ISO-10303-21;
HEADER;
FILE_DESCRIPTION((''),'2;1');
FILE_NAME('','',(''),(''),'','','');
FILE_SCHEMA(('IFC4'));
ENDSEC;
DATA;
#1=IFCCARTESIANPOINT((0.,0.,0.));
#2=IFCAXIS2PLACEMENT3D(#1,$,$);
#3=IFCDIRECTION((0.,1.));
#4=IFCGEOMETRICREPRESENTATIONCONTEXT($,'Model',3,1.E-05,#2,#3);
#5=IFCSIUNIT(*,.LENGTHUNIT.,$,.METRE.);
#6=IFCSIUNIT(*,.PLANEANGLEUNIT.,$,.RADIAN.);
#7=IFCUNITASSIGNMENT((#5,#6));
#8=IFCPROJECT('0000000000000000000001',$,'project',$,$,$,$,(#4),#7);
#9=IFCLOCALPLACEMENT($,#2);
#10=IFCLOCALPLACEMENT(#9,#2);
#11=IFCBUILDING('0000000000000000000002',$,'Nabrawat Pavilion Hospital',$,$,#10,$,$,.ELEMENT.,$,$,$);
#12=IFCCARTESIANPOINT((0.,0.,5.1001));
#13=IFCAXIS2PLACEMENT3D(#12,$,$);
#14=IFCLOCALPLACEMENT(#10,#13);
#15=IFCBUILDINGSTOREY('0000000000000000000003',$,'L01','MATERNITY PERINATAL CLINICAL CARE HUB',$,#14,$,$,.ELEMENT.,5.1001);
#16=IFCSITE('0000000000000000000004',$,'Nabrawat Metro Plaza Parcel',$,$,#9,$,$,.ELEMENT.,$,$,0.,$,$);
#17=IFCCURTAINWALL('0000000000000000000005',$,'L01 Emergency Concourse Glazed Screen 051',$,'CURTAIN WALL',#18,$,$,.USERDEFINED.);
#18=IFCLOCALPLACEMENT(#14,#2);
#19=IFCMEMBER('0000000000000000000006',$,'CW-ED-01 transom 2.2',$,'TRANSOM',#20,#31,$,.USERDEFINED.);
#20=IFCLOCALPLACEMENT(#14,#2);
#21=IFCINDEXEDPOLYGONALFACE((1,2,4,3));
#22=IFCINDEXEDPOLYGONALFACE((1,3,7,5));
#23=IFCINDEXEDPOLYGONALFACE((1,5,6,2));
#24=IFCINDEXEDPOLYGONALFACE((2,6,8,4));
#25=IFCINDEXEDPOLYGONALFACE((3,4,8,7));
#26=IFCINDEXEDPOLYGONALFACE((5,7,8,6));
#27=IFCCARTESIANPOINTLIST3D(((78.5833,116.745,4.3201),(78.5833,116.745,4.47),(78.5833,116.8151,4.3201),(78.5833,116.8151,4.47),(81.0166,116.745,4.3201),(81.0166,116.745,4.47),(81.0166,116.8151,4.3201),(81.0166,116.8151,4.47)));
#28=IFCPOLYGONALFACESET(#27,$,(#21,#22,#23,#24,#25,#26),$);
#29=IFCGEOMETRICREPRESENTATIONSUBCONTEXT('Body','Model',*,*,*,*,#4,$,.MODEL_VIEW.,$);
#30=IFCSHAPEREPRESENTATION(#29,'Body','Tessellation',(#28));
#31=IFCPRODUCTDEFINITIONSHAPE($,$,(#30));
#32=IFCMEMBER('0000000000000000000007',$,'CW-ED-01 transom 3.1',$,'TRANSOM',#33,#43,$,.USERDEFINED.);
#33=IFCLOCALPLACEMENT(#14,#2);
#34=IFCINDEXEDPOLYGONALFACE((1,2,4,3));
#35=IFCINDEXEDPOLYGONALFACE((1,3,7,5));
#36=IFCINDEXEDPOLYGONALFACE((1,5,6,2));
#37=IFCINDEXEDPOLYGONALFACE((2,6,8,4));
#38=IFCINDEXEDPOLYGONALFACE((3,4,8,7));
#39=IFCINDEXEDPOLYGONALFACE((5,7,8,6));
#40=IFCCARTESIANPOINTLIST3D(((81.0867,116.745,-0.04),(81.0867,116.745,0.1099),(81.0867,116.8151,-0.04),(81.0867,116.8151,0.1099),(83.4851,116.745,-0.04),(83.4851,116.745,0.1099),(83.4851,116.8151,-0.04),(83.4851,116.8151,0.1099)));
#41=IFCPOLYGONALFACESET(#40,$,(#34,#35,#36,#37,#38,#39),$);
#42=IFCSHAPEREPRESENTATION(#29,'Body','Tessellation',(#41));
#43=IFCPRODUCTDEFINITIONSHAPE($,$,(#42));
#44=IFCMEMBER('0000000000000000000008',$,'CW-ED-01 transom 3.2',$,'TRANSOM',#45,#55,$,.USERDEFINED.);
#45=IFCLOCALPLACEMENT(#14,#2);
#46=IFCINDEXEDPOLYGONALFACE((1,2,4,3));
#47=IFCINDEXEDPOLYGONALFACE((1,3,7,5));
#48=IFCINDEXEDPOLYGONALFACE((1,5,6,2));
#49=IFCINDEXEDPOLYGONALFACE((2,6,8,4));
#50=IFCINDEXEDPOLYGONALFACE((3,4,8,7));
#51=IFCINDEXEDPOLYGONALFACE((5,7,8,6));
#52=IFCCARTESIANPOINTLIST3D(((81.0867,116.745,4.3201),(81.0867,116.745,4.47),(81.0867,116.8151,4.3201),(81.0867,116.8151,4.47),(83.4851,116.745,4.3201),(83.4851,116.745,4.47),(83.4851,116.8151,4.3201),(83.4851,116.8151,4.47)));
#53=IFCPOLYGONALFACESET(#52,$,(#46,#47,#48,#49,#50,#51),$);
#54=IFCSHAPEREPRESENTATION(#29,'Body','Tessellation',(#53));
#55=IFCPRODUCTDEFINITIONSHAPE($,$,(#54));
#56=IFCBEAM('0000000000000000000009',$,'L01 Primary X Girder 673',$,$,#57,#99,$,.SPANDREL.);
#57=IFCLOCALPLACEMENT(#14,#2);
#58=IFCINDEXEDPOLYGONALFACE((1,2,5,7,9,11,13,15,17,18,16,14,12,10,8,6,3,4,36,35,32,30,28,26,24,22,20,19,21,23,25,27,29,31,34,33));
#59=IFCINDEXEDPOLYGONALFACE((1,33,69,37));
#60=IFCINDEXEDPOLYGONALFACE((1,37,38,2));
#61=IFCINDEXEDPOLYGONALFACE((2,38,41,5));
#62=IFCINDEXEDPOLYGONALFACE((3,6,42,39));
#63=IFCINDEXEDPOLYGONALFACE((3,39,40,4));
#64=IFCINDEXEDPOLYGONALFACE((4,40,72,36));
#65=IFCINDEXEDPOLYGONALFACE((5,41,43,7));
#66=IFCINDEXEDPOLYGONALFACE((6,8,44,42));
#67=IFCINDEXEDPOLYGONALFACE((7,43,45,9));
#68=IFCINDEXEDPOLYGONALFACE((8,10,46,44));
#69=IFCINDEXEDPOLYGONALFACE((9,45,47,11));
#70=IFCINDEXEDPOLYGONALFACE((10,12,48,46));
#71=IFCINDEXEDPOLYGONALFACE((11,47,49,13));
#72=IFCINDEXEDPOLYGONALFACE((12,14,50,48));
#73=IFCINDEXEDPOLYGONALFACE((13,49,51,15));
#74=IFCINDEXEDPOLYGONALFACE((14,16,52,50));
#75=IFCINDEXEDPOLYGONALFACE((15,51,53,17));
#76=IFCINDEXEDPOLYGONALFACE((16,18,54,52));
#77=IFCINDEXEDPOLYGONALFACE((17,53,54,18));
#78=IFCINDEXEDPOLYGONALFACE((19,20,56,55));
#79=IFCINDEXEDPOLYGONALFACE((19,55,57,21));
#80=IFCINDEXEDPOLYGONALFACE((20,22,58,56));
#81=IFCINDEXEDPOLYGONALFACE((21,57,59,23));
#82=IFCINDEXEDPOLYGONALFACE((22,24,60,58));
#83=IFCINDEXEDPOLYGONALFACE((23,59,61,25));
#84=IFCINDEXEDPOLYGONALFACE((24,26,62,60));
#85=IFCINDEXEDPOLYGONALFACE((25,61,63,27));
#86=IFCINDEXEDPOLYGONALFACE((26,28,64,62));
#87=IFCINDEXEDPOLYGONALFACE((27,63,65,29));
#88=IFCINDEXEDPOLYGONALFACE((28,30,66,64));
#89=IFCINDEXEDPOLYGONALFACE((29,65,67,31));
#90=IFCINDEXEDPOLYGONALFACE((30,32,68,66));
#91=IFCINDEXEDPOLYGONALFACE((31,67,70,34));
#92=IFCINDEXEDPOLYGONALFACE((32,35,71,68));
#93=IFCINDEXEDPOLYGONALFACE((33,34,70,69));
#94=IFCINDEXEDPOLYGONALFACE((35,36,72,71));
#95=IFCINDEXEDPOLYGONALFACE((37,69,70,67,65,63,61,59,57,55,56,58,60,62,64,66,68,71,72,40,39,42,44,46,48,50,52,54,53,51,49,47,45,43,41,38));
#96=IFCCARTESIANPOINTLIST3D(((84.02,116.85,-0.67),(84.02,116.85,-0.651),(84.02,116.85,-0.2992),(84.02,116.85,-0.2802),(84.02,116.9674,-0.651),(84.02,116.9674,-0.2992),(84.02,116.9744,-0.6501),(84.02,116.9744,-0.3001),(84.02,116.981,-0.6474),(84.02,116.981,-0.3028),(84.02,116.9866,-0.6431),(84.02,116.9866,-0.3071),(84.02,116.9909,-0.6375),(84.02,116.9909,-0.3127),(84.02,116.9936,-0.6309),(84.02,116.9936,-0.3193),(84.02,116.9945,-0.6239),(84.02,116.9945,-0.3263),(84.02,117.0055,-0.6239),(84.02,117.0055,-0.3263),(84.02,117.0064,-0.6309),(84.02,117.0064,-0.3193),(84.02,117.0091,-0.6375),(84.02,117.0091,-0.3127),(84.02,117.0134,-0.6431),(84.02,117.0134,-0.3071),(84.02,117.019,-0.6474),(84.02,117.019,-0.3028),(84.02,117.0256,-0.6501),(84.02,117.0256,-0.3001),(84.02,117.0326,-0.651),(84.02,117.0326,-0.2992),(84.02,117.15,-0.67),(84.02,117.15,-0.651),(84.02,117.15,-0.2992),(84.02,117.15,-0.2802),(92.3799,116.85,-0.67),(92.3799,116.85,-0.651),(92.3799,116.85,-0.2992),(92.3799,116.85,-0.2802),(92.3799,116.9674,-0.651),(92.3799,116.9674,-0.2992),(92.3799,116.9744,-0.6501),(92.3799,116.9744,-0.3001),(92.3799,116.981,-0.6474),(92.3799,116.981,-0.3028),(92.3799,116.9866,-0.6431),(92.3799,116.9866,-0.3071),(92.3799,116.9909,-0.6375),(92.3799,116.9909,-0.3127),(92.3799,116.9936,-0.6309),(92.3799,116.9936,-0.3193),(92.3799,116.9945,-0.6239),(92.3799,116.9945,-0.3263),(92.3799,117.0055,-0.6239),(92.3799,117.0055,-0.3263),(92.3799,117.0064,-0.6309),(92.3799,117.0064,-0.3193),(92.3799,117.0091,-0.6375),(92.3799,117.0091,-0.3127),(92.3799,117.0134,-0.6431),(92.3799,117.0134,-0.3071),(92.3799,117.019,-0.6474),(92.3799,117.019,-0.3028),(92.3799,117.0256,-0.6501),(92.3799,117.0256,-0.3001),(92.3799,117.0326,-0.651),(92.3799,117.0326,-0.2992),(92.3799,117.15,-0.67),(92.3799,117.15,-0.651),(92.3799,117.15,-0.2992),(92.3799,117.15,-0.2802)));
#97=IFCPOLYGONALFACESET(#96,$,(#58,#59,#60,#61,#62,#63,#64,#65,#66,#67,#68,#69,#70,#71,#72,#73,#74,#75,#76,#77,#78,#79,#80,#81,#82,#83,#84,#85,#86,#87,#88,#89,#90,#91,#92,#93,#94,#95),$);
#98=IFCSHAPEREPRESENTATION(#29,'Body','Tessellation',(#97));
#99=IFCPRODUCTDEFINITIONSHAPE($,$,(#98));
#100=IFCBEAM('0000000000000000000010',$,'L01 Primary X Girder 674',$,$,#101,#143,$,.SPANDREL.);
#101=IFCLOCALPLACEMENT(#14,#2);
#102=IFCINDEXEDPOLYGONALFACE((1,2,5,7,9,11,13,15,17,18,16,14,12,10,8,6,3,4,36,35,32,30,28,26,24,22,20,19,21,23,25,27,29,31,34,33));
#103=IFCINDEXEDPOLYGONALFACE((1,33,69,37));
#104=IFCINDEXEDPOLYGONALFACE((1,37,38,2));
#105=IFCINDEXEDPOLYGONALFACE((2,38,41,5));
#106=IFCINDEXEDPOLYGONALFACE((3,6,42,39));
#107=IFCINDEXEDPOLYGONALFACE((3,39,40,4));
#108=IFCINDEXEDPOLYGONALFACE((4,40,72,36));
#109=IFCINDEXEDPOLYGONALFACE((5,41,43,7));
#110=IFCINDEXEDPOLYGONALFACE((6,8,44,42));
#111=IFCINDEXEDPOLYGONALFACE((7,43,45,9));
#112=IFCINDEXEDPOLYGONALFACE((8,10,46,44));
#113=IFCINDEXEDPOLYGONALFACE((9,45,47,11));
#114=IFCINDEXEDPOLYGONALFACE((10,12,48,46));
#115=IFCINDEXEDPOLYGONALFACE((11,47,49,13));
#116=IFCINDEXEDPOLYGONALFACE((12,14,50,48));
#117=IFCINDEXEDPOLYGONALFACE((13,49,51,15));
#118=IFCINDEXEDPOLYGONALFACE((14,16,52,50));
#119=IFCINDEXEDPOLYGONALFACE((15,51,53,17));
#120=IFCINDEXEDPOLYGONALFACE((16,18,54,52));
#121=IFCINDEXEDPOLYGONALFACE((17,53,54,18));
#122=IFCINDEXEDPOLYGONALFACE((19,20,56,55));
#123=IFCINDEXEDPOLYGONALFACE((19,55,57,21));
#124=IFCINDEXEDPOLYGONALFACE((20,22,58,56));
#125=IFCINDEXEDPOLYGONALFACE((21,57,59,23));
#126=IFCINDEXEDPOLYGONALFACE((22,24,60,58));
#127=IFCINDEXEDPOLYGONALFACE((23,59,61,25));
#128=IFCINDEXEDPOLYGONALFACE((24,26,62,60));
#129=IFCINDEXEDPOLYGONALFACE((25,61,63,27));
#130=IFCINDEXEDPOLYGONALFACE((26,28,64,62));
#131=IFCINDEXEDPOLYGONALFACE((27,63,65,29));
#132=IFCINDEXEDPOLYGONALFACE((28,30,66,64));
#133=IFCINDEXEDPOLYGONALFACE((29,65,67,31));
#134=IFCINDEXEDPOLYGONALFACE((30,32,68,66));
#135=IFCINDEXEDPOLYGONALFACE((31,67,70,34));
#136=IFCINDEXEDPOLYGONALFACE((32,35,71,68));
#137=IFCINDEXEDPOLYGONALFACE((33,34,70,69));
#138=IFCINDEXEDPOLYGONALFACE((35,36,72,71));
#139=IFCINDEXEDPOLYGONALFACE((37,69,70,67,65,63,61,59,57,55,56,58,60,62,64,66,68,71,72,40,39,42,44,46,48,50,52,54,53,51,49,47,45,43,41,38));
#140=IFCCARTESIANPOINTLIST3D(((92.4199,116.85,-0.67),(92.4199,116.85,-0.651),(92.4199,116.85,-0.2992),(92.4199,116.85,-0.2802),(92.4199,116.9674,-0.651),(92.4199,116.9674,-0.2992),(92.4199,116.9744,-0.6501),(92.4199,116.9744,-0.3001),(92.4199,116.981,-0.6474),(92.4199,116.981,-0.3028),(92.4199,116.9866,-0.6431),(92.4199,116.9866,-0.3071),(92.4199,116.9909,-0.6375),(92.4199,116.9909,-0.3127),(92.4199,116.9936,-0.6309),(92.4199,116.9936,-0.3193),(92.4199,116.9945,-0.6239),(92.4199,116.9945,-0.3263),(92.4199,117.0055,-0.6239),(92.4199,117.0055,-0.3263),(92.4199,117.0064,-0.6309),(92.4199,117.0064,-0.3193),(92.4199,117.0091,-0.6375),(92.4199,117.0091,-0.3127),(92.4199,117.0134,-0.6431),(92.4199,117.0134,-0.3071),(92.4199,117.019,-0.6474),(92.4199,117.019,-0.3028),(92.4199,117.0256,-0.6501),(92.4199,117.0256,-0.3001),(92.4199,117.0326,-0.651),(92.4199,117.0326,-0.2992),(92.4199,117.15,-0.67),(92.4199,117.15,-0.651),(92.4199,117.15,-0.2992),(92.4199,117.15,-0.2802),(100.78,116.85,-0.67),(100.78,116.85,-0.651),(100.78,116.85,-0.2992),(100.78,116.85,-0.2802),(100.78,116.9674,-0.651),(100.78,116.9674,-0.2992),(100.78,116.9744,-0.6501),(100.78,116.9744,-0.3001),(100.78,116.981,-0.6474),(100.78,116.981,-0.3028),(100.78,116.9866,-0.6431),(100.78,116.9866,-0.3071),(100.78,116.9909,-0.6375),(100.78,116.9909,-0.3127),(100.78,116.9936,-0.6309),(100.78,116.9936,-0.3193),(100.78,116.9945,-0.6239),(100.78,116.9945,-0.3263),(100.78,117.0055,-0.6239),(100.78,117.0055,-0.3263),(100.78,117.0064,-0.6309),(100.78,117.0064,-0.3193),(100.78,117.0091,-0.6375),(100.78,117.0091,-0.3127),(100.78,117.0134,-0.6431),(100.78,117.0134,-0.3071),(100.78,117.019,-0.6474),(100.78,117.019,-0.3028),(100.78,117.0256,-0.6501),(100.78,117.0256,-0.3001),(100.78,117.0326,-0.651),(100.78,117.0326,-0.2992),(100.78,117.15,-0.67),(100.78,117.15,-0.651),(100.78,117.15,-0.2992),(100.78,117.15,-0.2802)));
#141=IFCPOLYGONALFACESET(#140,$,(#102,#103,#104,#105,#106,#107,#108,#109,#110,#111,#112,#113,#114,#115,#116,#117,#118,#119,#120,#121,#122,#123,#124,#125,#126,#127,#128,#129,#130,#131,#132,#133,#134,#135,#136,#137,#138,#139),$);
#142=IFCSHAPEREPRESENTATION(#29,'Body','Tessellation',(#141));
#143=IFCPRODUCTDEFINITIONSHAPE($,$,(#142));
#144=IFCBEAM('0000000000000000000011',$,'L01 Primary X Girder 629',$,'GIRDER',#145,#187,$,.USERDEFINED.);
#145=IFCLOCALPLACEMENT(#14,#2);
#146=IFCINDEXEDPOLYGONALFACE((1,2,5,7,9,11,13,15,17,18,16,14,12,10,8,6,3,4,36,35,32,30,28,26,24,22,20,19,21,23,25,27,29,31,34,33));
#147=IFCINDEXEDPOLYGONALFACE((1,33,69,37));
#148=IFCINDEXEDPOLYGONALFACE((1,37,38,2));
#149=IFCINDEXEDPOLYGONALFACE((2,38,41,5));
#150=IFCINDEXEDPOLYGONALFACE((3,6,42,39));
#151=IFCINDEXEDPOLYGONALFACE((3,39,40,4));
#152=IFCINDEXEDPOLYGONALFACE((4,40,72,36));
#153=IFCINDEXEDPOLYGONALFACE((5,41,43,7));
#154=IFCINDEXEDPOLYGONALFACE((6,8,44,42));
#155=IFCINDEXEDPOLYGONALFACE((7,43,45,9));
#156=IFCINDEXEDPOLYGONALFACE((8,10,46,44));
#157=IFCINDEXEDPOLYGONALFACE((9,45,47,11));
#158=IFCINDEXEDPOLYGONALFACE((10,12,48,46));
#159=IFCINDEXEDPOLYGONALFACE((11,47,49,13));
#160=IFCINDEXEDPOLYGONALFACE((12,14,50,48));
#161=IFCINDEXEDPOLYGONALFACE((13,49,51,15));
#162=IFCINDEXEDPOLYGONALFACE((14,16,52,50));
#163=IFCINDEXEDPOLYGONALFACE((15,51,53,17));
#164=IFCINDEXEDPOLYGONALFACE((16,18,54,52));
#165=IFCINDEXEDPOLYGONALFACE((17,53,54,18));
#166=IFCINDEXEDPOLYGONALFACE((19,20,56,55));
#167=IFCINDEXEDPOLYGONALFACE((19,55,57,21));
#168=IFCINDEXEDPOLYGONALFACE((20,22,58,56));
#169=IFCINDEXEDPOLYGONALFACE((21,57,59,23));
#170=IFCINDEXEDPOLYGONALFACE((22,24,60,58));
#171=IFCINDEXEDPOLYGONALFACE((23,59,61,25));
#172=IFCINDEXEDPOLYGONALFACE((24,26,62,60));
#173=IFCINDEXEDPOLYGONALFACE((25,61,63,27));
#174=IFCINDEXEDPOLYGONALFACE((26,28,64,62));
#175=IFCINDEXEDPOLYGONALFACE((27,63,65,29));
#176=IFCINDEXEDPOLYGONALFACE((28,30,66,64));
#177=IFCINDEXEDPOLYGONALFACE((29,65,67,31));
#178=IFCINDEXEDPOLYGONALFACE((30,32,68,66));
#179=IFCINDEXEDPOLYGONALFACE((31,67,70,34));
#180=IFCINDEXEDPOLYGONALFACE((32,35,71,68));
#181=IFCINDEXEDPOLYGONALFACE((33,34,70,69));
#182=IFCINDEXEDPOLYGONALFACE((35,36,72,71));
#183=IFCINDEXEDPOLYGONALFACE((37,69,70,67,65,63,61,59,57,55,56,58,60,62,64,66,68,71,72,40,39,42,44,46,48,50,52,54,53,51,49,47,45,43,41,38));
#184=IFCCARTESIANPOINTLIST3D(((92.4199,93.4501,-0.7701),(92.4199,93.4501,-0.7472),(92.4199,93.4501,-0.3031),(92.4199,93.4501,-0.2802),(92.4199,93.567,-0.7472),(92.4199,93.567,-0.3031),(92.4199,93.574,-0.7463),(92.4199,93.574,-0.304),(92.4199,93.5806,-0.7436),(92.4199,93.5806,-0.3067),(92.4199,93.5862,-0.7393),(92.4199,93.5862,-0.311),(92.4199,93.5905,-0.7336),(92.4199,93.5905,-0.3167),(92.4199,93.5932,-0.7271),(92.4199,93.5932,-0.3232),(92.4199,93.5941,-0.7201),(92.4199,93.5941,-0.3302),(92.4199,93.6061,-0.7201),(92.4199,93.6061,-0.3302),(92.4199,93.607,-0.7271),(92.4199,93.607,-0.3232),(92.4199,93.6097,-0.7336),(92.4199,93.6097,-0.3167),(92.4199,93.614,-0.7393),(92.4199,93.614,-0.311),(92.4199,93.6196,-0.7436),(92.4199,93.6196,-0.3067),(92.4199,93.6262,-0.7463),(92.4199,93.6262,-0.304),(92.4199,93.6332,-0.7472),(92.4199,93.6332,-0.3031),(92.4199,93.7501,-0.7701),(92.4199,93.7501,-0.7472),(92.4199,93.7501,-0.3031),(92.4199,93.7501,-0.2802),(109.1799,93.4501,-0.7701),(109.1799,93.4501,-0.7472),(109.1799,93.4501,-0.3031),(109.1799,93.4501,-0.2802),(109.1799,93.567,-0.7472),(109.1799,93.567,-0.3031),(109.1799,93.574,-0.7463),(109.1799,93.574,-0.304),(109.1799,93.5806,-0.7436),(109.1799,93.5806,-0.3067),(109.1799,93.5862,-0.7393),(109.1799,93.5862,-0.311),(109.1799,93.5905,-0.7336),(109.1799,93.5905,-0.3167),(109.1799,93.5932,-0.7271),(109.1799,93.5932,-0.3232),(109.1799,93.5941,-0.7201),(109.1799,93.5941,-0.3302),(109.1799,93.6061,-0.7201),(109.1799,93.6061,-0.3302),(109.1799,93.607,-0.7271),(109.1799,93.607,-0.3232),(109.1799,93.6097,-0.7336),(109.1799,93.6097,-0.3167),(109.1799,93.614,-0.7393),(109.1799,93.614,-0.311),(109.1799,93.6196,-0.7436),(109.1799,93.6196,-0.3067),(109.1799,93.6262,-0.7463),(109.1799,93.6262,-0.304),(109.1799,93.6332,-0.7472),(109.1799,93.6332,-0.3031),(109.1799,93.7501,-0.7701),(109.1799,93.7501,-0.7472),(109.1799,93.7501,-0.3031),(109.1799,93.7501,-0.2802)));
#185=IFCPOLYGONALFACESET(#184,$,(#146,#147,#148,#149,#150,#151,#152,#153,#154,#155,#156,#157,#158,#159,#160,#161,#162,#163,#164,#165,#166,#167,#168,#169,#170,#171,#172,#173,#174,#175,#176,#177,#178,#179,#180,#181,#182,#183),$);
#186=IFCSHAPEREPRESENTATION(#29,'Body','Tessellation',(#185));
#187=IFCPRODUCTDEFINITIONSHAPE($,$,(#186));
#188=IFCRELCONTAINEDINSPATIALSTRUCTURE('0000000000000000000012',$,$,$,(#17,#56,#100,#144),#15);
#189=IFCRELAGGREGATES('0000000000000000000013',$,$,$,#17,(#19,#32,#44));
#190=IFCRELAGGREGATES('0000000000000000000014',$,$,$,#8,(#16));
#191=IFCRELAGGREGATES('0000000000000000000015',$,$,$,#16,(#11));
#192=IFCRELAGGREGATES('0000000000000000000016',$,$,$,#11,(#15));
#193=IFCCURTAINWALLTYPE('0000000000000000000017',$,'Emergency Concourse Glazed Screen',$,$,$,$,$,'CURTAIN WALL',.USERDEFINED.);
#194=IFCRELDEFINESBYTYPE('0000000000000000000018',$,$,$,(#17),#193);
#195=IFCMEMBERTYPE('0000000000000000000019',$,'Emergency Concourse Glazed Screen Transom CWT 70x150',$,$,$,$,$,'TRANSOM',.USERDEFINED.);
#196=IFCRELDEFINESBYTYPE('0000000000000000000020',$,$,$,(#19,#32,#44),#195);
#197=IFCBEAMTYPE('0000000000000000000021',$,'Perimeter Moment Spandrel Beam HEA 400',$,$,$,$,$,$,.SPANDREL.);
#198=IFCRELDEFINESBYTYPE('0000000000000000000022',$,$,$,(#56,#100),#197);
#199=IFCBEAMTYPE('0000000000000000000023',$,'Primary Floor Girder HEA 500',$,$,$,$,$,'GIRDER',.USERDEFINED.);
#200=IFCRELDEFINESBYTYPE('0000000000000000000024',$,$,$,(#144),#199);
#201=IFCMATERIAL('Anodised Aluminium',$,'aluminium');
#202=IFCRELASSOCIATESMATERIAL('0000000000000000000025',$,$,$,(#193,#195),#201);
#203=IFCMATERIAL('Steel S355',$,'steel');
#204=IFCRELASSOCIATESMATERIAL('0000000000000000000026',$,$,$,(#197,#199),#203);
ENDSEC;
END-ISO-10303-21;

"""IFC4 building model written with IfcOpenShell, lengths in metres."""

from ifc_helpers import new_model, si_unit, direction, frame, origin, origin_2d, place, context, subcontext, project, spatial, rectangle, i_section, extrude, material, material_profile, profile_set, type_object, element, aggregate, save


model = new_model("IFC4")

# Units and contexts
model_context = context("Model", 3, precision=1e-05, world=origin(), true_north=direction((0.0, 1.0)))
body_context = subcontext(model_context, "Body", "Model", "MODEL_VIEW")
ifc_project = project(units=[si_unit("LENGTHUNIT", "METRE"), si_unit("PLANEANGLEUNIT", "RADIAN")], contexts=[model_context])

# Site, building, storey
site_placement = place(None, origin())
site = spatial("IfcSite", under=ifc_project, at=site_placement, Name="Nabrawat Metro Plaza Parcel", CompositionType="ELEMENT", RefElevation=0.0)
building_placement = place(site_placement, origin())
building = spatial("IfcBuilding", under=site, at=building_placement, Name="Nabrawat Pavilion Hospital", CompositionType="ELEMENT")
storey_placement = place(building_placement, frame((0.0, 0.0, 5.1001)))
storey = spatial("IfcBuildingStorey", under=building, at=storey_placement, Name="L01", Description="MATERNITY PERINATAL CLINICAL CARE HUB", CompositionType="ELEMENT", Elevation=5.1001)

# Shared definitions
ifc_material_1 = material(Name="Steel S355", Category="steel")

# Curtain wall, members
ifc_material_2 = material(Name="Anodised Aluminium", Category="aluminium")
curtain_wall_type = type_object("IfcCurtainWallType", Name="Emergency Concourse Glazed Screen", ElementType="CURTAIN WALL", PredefinedType="USERDEFINED", material=ifc_material_2)
curtain_wall_placement = place(storey_placement, origin())
curtain_wall = element("IfcCurtainWall", 1, at=curtain_wall_placement, inside=storey, type_object=curtain_wall_type, Name="L01 Emergency Concourse Glazed Screen 051", ObjectType="CURTAIN WALL", PredefinedType="USERDEFINED")
ifc_material_profile_1 = material_profile(ifc_material_2, rectangle(XDim=0.0701, YDim=0.1499, at=origin_2d()), Name="CWT 70x150")
ifc_profile_set_1 = profile_set([ifc_material_profile_1], Name="Anodised Aluminium")
member_type_1 = type_object("IfcMemberType", Name="Emergency Concourse Glazed Screen Transom CWT 70x150", ElementType="TRANSOM", PredefinedType="USERDEFINED", material=ifc_profile_set_1)
member_1_placement = place(storey_placement, frame((78.5833, 116.78, 4.395), z_axis=(1.0, 0.0, 0.0), x_axis=(0.0, 1.0, 0.0)))
member_1 = element("IfcMember", 2, at=member_1_placement, type_object=member_type_1, Name="CW-ED-01 transom 2.2", ObjectType="TRANSOM", PredefinedType="USERDEFINED", context=body_context, shape_type="SweptSolid", body=[
    extrude(rectangle(XDim=0.0701, YDim=0.1499, at=origin_2d()), origin(), (0.0, 0.0, 1.0), 2.4333),
])
member_2_placement = place(storey_placement, frame((81.0867, 116.78, 0.0349), z_axis=(1.0, 0.0, 0.0), x_axis=(0.0, 1.0, 0.0)))
member_2 = element("IfcMember", 3, at=member_2_placement, type_object=member_type_1, Name="CW-ED-01 transom 3.1", ObjectType="TRANSOM", PredefinedType="USERDEFINED", context=body_context, shape_type="SweptSolid", body=[
    extrude(rectangle(XDim=0.0701, YDim=0.1499, at=origin_2d()), origin(), (0.0, 0.0, 1.0), 2.3984),
])
member_3_placement = place(storey_placement, frame((81.0867, 116.78, 4.395), z_axis=(1.0, 0.0, 0.0), x_axis=(0.0, 1.0, 0.0)))
member_3 = element("IfcMember", 4, at=member_3_placement, type_object=member_type_1, Name="CW-ED-01 transom 3.2", ObjectType="TRANSOM", PredefinedType="USERDEFINED", context=body_context, shape_type="SweptSolid", body=[
    extrude(rectangle(XDim=0.0701, YDim=0.1499, at=origin_2d()), origin(), (0.0, 0.0, 1.0), 2.3984),
])

# Beams
ifc_material_profile_2 = material_profile(ifc_material_1, i_section(OverallWidth=0.3, OverallDepth=0.3899, WebThickness=0.011, FlangeThickness=0.019, FilletRadius=0.0271, at=origin_2d()), Name="HEA 400")
ifc_profile_set_2 = profile_set([ifc_material_profile_2], Name="Steel S355")
beam_type_1 = type_object("IfcBeamType", Name="Perimeter Moment Spandrel Beam HEA 400", PredefinedType="SPANDREL", material=ifc_profile_set_2)
beam_1_placement = place(storey_placement, frame((84.02, 117.0, -0.4751), z_axis=(1.0, 0.0, 0.0), x_axis=(0.0, 1.0, 0.0)))
element("IfcBeam", 5, at=beam_1_placement, inside=storey, type_object=beam_type_1, Name="L01 Primary X Girder 673", PredefinedType="SPANDREL", context=body_context, shape_type="SweptSolid", body=[
    extrude(i_section(OverallWidth=0.3, OverallDepth=0.3899, WebThickness=0.011, FlangeThickness=0.019, FilletRadius=0.0271, at=origin_2d()), origin(), (0.0, 0.0, 1.0), 8.3599),
])
beam_2_placement = place(storey_placement, frame((92.4199, 117.0, -0.4751), z_axis=(1.0, 0.0, 0.0), x_axis=(0.0, 1.0, 0.0)))
element("IfcBeam", 6, at=beam_2_placement, inside=storey, type_object=beam_type_1, Name="L01 Primary X Girder 674", PredefinedType="SPANDREL", context=body_context, shape_type="SweptSolid", body=[
    extrude(i_section(OverallWidth=0.3, OverallDepth=0.3899, WebThickness=0.011, FlangeThickness=0.019, FilletRadius=0.0271, at=origin_2d()), origin(), (0.0, 0.0, 1.0), 8.3601),
])
ifc_material_profile_3 = material_profile(ifc_material_1, i_section(OverallWidth=0.3, OverallDepth=0.49, WebThickness=0.012, FlangeThickness=0.0229, FilletRadius=0.0271, at=origin_2d()), Name="HEA 500")
ifc_profile_set_3 = profile_set([ifc_material_profile_3], Name="Steel S355")
beam_type_2 = type_object("IfcBeamType", Name="Primary Floor Girder HEA 500", ElementType="GIRDER", PredefinedType="USERDEFINED", material=ifc_profile_set_3)
beam_3_placement = place(storey_placement, frame((92.4199, 93.6001, -0.5251), z_axis=(1.0, 0.0, 0.0), x_axis=(0.0, 1.0, 0.0)))
element("IfcBeam", 7, at=beam_3_placement, inside=storey, type_object=beam_type_2, Name="L01 Primary X Girder 629", ObjectType="GIRDER", PredefinedType="USERDEFINED", context=body_context, shape_type="SweptSolid", body=[
    extrude(i_section(OverallWidth=0.3, OverallDepth=0.49, WebThickness=0.012, FlangeThickness=0.0229, FilletRadius=0.0271, at=origin_2d()), origin(), (0.0, 0.0, 1.0), 16.76),
])

aggregate(curtain_wall, [member_1, member_2, member_3])

save(model, "model.ifc")
